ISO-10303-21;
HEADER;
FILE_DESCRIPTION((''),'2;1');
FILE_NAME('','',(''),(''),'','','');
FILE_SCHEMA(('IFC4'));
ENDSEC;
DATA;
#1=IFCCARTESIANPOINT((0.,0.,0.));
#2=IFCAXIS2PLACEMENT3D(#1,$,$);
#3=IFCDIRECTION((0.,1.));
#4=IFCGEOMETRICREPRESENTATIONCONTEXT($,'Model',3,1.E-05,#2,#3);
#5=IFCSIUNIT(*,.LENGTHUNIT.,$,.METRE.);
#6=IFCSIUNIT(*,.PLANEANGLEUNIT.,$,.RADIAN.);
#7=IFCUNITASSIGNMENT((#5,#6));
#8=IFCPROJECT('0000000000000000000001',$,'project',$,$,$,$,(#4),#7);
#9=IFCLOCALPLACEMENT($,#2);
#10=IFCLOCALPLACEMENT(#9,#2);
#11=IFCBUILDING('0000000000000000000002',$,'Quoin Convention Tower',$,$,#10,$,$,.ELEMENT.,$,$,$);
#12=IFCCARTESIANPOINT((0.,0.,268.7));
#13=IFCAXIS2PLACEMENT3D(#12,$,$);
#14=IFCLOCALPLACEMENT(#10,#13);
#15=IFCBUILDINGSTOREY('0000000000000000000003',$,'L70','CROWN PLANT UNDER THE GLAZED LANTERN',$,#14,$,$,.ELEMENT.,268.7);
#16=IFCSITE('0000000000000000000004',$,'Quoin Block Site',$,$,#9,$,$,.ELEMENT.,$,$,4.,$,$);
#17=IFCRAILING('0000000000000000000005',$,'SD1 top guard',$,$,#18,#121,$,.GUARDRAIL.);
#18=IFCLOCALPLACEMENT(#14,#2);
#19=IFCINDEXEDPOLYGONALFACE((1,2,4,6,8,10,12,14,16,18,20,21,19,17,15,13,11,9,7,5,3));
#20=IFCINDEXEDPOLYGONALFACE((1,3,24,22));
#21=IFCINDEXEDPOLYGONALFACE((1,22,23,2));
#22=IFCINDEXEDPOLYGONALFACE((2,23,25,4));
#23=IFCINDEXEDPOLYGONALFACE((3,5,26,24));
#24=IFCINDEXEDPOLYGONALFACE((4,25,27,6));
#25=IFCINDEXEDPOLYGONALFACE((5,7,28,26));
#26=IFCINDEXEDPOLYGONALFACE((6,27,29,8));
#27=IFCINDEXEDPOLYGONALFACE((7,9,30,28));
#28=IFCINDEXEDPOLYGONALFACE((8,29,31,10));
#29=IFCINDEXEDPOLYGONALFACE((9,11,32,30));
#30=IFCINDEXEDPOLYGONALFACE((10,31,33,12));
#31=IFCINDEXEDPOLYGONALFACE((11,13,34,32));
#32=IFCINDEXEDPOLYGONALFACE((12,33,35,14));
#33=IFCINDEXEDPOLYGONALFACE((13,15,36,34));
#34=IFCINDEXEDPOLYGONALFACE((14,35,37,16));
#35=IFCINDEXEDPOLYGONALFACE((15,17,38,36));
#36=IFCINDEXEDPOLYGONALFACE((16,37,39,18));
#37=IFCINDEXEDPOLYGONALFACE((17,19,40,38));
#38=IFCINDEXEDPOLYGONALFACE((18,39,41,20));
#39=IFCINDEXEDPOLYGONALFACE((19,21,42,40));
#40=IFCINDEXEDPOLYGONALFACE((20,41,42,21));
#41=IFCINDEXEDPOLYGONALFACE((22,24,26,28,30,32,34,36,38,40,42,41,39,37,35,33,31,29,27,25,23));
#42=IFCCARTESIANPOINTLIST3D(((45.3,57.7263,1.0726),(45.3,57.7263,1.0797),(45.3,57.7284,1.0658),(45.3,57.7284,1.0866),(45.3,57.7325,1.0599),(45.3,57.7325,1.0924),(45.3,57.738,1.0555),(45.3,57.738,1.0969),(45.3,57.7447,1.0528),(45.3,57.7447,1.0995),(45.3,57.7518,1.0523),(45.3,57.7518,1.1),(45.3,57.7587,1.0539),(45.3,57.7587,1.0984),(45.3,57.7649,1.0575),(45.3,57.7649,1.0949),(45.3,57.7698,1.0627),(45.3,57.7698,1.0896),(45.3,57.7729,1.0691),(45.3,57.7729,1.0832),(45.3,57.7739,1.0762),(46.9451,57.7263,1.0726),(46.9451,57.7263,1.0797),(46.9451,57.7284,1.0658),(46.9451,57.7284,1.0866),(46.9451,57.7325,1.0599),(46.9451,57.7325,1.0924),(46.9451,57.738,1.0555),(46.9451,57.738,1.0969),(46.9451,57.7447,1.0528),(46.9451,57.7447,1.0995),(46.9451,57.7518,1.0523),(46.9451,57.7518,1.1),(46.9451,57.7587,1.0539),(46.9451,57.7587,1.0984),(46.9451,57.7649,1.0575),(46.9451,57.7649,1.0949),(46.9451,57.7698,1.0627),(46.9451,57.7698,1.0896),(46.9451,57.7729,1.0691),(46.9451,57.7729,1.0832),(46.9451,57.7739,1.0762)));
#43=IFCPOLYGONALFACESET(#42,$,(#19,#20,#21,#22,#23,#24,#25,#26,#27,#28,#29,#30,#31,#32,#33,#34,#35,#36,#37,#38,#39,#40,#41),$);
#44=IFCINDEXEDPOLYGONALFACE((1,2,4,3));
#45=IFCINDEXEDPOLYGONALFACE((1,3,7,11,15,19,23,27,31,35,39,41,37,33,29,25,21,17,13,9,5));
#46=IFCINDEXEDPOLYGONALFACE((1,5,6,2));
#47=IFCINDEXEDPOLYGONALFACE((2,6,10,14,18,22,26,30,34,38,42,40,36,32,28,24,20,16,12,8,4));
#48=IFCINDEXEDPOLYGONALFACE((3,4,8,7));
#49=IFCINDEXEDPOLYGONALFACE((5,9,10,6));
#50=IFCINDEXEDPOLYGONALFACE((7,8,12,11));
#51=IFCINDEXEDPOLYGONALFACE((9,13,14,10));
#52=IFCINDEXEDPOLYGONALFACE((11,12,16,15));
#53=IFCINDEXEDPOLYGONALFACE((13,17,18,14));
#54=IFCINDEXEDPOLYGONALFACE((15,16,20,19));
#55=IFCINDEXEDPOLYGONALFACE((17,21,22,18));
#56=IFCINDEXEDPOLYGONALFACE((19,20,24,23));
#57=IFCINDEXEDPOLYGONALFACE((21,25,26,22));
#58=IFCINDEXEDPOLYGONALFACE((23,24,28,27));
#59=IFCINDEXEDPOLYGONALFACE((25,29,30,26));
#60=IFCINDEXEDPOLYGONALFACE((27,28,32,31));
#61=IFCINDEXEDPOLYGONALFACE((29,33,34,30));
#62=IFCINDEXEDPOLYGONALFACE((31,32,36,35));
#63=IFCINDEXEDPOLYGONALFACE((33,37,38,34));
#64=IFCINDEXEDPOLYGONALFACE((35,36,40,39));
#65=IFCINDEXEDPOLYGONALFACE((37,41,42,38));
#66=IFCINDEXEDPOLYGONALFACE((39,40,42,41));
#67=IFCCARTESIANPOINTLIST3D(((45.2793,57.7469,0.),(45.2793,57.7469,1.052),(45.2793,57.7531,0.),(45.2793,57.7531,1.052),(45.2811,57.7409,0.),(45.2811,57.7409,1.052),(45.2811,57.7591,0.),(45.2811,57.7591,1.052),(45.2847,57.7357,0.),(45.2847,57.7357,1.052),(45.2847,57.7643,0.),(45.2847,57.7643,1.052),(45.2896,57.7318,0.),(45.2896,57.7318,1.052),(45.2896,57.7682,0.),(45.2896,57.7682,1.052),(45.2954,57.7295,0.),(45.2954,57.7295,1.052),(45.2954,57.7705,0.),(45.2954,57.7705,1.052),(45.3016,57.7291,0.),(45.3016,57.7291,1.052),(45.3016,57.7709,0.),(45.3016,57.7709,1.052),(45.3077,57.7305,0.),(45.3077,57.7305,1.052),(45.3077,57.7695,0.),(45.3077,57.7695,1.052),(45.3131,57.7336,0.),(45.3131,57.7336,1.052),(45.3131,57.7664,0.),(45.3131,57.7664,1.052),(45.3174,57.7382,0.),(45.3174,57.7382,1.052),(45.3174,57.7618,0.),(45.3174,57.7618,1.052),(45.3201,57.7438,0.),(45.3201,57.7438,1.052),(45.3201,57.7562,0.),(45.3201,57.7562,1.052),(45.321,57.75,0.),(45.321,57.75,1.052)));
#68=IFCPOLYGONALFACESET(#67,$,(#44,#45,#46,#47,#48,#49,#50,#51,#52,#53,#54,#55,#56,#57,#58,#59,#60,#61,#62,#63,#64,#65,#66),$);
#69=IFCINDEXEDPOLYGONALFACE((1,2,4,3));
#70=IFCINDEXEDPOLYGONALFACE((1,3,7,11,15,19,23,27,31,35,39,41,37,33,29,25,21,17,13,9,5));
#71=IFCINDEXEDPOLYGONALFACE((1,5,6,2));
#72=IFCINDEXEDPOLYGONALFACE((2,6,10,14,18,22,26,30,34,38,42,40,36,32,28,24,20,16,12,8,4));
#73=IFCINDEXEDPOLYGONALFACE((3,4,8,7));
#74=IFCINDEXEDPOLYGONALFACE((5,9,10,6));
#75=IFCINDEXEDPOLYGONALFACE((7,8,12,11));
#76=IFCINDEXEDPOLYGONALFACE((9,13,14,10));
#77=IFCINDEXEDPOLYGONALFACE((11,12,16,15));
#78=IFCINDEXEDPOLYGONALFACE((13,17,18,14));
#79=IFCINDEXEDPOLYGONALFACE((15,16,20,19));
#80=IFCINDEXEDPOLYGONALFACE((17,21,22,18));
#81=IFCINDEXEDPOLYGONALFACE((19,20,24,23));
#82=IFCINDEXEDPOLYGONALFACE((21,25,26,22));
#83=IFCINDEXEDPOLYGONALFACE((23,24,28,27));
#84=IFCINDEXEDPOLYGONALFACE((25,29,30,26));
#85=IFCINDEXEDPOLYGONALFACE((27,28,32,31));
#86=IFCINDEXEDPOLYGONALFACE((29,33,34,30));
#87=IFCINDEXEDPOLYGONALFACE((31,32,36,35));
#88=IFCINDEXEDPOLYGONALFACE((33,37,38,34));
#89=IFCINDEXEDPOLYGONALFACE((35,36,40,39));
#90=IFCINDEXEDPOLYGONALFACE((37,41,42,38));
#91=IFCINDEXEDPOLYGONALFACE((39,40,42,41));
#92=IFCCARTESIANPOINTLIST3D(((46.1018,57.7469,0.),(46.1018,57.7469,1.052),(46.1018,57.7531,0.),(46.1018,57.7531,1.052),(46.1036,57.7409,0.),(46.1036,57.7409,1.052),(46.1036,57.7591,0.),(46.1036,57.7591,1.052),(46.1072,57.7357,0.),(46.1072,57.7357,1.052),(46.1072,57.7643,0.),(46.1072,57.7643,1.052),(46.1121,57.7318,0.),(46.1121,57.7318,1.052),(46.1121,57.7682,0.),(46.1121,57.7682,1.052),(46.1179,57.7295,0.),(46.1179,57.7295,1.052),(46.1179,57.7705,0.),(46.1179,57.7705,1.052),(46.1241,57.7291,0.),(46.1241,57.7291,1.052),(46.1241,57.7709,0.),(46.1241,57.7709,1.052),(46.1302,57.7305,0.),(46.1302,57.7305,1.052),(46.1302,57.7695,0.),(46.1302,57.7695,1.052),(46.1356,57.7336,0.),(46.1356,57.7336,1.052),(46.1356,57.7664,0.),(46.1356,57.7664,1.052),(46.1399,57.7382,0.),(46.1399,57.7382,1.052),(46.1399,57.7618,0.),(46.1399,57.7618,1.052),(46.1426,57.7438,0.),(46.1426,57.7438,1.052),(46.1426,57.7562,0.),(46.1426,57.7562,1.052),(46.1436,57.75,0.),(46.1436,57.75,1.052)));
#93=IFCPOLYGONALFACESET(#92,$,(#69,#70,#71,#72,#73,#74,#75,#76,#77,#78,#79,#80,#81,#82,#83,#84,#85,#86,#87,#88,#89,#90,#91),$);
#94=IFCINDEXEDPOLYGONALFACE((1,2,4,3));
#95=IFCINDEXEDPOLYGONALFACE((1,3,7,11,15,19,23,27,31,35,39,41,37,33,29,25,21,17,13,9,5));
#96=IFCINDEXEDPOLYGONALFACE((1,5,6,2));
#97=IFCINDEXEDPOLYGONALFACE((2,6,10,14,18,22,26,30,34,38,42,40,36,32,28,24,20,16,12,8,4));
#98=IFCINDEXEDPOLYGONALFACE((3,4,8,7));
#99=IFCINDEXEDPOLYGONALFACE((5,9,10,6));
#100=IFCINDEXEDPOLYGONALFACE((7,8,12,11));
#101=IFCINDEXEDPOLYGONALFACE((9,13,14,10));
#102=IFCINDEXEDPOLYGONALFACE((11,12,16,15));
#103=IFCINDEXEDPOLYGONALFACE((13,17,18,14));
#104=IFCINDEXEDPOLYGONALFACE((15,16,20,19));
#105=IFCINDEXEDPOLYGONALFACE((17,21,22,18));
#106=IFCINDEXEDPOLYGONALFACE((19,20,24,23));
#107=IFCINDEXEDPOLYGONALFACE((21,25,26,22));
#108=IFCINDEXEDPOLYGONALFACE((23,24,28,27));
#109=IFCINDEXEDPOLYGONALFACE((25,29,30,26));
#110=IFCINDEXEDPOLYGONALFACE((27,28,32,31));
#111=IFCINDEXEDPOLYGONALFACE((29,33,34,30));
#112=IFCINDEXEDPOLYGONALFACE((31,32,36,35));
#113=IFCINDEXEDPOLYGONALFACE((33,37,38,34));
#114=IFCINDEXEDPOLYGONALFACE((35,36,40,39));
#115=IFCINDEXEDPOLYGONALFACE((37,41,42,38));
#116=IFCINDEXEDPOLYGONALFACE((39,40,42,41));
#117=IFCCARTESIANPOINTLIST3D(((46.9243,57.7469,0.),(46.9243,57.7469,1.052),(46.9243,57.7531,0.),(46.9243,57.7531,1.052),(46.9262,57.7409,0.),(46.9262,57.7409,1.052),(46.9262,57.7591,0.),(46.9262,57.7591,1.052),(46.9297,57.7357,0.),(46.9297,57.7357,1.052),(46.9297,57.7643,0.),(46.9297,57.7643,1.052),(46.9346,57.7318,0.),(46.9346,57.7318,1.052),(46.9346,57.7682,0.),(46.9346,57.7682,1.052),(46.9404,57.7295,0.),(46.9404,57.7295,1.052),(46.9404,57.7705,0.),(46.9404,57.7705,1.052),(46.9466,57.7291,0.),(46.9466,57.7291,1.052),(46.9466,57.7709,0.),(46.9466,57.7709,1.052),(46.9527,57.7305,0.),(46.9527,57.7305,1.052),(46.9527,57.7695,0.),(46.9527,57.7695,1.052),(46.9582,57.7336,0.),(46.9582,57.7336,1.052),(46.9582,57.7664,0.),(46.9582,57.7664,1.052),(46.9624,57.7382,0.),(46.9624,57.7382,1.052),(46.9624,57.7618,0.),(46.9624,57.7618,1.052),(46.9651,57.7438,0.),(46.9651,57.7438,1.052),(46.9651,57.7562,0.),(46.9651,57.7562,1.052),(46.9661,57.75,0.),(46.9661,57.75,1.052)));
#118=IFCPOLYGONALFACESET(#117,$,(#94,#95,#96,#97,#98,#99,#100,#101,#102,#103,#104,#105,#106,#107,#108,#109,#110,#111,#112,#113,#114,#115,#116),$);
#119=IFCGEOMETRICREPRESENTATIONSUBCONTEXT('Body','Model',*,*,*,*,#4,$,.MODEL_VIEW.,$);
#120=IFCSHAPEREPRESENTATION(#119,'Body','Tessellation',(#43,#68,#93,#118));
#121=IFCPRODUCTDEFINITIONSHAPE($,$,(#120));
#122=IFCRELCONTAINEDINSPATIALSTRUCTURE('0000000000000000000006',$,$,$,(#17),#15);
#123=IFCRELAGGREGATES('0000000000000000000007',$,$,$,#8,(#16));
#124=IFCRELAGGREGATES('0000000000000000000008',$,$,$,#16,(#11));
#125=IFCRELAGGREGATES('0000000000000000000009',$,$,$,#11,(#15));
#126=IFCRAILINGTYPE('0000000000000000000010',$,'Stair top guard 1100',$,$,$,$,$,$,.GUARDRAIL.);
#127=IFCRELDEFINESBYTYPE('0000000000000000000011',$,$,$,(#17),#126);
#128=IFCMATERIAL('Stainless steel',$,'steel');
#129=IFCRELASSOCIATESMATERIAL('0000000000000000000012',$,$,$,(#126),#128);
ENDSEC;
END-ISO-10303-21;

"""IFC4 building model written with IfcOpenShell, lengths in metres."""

from ifc_helpers import new_model, si_unit, direction, frame, origin, origin_2d, place, context, subcontext, project, spatial, circle, extrude, material, type_object, element, save


model = new_model("IFC4")

# Units and contexts
model_context = context("Model", 3, precision=1e-05, world=origin(), true_north=direction((0.0, 1.0)))
body_context = subcontext(model_context, "Body", "Model", "MODEL_VIEW")
ifc_project = project(units=[si_unit("LENGTHUNIT", "METRE"), si_unit("PLANEANGLEUNIT", "RADIAN")], contexts=[model_context])

# Site, building, storey
site_placement = place(None, origin())
site = spatial("IfcSite", under=ifc_project, at=site_placement, Name="Quoin Block Site", CompositionType="ELEMENT", RefElevation=4.0)
building_placement = place(site_placement, origin())
building = spatial("IfcBuilding", under=site, at=building_placement, Name="Quoin Convention Tower", CompositionType="ELEMENT")
storey_placement = place(building_placement, frame((0.0, 0.0, 268.7)))
storey = spatial("IfcBuildingStorey", under=building, at=storey_placement, Name="L70", Description="CROWN PLANT UNDER THE GLAZED LANTERN", CompositionType="ELEMENT", Elevation=268.7)

# Railing
ifc_material_1 = material(Name="Stainless steel", Category="steel")
railing_type_1 = type_object("IfcRailingType", Name="Stair top guard 1100", PredefinedType="GUARDRAIL", material=ifc_material_1)
railing_1_placement = place(storey_placement, frame((45.3, 57.75, 0.0)))
element("IfcRailing", 1, at=railing_1_placement, inside=storey, type_object=railing_type_1, Name="SD1 top guard", PredefinedType="GUARDRAIL", context=body_context, shape_type="SweptSolid", body=[
    extrude(circle(Radius=0.0239, at=origin_2d()), frame((0.0, 0.0, 1.0762), z_axis=(1.0, 0.0, 0.0), x_axis=(0.0, 1.0, 0.0)), (0.0, 0.0, 1.0), 1.645),
    extrude(circle(Radius=0.021, at=origin_2d()), origin(), (0.0, 0.0, 1.0), 1.052),
    extrude(circle(Radius=0.021, at=origin_2d()), frame((0.8225, 0.0, 0.0)), (0.0, 0.0, 1.0), 1.052),
    extrude(circle(Radius=0.021, at=origin_2d()), frame((1.645, 0.0, 0.0)), (0.0, 0.0, 1.0), 1.052),
])

save(model, "model.ifc")
